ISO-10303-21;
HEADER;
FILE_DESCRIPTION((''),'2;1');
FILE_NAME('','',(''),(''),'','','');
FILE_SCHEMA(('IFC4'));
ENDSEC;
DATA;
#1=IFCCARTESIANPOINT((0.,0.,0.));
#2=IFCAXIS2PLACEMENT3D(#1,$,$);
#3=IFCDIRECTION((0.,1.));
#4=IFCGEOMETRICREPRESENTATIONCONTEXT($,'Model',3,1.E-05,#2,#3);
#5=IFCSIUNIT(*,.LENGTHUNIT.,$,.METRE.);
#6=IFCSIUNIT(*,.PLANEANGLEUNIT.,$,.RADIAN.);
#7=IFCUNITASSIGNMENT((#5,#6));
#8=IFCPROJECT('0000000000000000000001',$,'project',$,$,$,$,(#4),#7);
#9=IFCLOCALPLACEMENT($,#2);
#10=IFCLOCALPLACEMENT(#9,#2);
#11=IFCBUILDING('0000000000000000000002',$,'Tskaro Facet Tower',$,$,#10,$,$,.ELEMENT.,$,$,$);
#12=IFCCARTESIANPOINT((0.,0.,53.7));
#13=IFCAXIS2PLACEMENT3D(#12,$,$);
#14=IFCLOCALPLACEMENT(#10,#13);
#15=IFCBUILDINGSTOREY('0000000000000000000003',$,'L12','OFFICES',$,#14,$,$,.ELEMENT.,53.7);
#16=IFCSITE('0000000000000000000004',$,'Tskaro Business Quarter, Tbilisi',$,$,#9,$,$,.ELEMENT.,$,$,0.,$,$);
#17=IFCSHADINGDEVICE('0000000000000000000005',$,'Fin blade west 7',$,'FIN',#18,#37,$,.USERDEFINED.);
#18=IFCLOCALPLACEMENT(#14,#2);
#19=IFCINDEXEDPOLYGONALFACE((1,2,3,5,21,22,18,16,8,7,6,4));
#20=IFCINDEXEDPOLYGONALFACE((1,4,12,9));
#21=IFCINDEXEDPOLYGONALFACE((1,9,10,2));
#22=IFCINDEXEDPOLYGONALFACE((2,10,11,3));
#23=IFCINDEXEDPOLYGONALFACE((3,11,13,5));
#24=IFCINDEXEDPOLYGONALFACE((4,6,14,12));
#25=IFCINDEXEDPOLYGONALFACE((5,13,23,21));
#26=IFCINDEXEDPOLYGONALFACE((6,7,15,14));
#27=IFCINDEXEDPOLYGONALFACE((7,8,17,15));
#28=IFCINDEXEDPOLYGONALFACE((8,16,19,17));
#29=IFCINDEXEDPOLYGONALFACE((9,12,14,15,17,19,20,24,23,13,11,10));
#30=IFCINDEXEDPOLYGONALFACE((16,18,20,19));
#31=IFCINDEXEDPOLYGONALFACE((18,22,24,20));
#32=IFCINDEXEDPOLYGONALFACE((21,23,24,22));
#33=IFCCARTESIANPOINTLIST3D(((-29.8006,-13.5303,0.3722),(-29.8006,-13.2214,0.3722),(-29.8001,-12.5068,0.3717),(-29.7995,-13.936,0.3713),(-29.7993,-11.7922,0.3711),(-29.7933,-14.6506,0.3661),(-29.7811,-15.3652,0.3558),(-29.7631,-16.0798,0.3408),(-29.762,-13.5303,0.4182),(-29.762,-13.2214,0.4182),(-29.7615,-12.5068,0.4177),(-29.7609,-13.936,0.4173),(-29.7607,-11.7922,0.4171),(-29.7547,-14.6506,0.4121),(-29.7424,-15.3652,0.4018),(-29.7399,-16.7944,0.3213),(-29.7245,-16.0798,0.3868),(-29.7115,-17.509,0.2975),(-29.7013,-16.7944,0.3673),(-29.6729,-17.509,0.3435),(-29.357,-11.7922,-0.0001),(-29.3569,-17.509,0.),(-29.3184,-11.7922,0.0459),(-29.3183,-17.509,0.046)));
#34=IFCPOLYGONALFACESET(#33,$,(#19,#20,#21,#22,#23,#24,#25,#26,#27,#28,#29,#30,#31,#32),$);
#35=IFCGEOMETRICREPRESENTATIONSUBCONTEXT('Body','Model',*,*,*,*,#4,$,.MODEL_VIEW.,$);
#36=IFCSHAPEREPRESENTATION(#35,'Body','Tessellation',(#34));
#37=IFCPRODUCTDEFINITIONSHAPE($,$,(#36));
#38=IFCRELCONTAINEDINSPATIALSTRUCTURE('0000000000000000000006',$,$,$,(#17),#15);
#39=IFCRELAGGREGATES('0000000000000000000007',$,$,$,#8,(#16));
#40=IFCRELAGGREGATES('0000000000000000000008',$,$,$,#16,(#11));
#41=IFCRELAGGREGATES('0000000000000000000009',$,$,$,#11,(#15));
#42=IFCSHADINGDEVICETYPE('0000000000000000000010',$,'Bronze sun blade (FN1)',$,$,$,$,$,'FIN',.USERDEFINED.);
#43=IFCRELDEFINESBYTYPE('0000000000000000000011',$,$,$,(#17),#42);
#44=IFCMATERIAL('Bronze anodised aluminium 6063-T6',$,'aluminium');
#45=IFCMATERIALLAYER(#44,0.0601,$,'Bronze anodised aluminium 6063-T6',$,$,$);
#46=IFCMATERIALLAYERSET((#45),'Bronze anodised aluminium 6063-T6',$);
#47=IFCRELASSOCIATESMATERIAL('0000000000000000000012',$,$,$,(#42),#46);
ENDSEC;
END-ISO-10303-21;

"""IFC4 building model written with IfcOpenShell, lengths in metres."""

from ifc_helpers import new_model, si_unit, direction, frame, origin, place, context, subcontext, project, spatial, polyline, outline, extrude, material, layer, layer_set, type_object, element, save


model = new_model("IFC4")

# Units and contexts
model_context = context("Model", 3, precision=1e-05, world=origin(), true_north=direction((0.0, 1.0)))
body_context = subcontext(model_context, "Body", "Model", "MODEL_VIEW")
ifc_project = project(units=[si_unit("LENGTHUNIT", "METRE"), si_unit("PLANEANGLEUNIT", "RADIAN")], contexts=[model_context])

# Site, building, storey
site_placement = place(None, origin())
site = spatial("IfcSite", under=ifc_project, at=site_placement, Name="Tskaro Business Quarter, Tbilisi", CompositionType="ELEMENT", RefElevation=0.0)
building_placement = place(site_placement, origin())
building = spatial("IfcBuilding", under=site, at=building_placement, Name="Tskaro Facet Tower", CompositionType="ELEMENT")
storey_placement = place(building_placement, frame((0.0, 0.0, 53.7)))
storey = spatial("IfcBuildingStorey", under=building, at=storey_placement, Name="L12", Description="OFFICES", CompositionType="ELEMENT", Elevation=53.7)

# Shared definitions
ifc_material_1 = material(Name="Bronze anodised aluminium 6063-T6", Category="aluminium")

# Shading device
ifc_layer_1 = layer(ifc_material_1, 0.0601, Name="Bronze anodised aluminium 6063-T6")
ifc_layer_set_1 = layer_set([ifc_layer_1], Name="Bronze anodised aluminium 6063-T6")
shading_device_type = type_object("IfcShadingDeviceType", Name="Bronze sun blade (FN1)", ElementType="FIN", PredefinedType="USERDEFINED", material=ifc_layer_set_1)
shading_device_1_placement = place(storey_placement, frame((-29.3184, -11.7922, 0.0459), z_axis=(0.642805, 0.000016, 0.76603), x_axis=(0.000011, -1.0, 0.000013)))
element("IfcShadingDevice", 1, at=shading_device_1_placement, inside=storey, type_object=shading_device_type, Name="Fin blade west 7", ObjectType="FIN", PredefinedType="USERDEFINED", context=body_context, shape_type="SweptSolid", body=[
    extrude(outline(polyline([(0.0, 0.0), (5.7168, 0.0), (5.7168, -0.4629), (5.0022, -0.5), (4.2876, -0.5303), (3.573, -0.5537), (2.8584, -0.5696), (2.1438, -0.5778), (1.738, -0.5791), (1.4292, -0.5791), (0.7146, -0.5785), (0.0, -0.5774), (0.0, 0.0)])), origin(), (0.0, 0.0, -1.0), 0.0601),
])

save(model, "model.ifc")
